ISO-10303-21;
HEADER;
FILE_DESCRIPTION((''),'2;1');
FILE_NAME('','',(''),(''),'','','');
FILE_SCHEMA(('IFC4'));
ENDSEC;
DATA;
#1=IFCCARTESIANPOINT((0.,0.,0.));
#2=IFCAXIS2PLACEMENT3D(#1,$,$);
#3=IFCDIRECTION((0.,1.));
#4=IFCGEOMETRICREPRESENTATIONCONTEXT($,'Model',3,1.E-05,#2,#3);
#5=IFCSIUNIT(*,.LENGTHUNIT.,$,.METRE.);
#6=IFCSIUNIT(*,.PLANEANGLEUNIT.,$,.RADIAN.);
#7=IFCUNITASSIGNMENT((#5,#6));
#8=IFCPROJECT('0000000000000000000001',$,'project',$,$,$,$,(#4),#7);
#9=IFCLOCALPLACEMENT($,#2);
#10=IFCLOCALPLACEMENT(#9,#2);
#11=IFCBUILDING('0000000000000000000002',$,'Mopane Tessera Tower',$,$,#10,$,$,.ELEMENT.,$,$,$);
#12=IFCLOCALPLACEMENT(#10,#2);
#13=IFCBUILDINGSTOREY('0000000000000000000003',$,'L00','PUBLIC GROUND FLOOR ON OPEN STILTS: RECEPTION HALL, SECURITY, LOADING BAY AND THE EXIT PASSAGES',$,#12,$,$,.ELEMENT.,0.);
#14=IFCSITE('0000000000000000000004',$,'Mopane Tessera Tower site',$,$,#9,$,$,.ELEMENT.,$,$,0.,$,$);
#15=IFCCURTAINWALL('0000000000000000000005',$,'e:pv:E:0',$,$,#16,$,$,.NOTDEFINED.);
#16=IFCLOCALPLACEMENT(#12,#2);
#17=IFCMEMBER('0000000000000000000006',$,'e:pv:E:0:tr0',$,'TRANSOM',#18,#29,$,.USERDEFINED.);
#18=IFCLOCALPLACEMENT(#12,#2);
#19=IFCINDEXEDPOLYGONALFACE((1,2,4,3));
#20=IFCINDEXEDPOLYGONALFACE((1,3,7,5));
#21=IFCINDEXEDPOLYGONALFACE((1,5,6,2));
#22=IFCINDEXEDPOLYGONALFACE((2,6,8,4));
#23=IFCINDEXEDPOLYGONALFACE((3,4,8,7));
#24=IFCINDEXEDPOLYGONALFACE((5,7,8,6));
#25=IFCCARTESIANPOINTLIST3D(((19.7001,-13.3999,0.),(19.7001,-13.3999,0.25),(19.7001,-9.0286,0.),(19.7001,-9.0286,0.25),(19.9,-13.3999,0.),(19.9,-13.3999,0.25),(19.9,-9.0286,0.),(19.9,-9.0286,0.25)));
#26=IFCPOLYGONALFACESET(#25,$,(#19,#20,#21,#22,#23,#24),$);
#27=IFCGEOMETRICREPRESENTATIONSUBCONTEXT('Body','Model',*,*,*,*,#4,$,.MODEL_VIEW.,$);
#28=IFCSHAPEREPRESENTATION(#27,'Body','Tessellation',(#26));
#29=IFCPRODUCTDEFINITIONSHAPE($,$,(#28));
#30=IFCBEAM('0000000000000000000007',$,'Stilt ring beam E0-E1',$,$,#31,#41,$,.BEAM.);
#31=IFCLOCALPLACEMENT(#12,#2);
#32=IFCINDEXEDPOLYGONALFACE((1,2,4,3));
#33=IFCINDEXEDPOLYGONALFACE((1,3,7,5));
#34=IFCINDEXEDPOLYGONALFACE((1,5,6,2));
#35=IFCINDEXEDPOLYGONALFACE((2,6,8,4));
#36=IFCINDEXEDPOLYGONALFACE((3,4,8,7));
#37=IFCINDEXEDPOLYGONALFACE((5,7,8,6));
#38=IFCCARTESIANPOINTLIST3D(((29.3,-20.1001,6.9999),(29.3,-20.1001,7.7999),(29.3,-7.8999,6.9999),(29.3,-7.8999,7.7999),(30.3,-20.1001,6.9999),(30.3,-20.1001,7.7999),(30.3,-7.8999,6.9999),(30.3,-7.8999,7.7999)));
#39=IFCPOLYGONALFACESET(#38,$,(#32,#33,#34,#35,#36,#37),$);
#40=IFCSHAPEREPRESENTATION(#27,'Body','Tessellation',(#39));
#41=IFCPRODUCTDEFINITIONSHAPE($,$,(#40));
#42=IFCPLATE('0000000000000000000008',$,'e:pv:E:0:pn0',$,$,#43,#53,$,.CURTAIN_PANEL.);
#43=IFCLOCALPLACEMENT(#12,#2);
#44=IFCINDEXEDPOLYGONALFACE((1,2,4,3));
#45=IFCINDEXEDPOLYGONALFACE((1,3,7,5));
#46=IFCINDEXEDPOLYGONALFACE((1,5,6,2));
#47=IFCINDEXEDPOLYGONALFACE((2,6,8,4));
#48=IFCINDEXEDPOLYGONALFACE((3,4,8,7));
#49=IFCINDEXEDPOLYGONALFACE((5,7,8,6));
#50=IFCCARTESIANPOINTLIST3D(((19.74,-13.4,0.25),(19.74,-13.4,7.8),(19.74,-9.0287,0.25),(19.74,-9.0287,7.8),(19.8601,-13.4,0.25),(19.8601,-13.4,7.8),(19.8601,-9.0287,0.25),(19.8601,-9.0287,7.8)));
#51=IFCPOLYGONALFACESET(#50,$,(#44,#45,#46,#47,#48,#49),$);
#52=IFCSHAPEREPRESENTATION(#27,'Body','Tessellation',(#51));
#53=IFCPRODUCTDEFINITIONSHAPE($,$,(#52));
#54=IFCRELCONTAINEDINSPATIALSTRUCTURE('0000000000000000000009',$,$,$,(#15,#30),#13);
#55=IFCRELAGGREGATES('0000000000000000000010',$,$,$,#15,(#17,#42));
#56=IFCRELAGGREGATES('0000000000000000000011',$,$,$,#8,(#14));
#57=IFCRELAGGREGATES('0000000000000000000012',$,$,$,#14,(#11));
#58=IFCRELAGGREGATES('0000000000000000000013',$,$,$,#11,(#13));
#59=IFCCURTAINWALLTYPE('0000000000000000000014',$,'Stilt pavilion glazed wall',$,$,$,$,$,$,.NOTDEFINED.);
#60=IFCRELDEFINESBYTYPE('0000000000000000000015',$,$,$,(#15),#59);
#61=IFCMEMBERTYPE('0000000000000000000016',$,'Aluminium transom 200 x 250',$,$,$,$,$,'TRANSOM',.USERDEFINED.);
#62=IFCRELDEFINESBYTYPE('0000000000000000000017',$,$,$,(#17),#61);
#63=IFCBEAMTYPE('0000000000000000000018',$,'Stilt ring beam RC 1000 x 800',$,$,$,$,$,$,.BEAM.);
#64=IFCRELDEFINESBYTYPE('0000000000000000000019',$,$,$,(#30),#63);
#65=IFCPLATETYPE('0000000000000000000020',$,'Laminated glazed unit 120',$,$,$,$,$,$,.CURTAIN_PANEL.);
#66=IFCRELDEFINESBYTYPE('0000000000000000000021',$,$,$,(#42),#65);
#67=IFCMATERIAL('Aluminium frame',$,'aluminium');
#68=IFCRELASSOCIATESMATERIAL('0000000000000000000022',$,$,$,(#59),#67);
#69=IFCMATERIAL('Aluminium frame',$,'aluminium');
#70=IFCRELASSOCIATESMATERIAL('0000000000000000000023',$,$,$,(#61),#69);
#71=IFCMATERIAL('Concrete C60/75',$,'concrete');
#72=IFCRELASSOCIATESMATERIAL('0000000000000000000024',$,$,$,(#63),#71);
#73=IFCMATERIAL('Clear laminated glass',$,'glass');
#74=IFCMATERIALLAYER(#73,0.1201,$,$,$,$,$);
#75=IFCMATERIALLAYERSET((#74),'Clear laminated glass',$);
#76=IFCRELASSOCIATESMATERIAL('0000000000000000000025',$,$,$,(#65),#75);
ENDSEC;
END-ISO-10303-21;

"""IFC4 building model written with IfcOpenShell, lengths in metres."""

from ifc_helpers import new_model, si_unit, direction, frame, origin, origin_2d, place, context, subcontext, project, spatial, rectangle, extrude, material, layer, layer_set, material_profile, profile_set, type_object, element, aggregate, save


model = new_model("IFC4")

# Units and contexts
model_context = context("Model", 3, precision=1e-05, world=origin(), true_north=direction((0.0, 1.0)))
body_context = subcontext(model_context, "Body", "Model", "MODEL_VIEW")
ifc_project = project(units=[si_unit("LENGTHUNIT", "METRE"), si_unit("PLANEANGLEUNIT", "RADIAN")], contexts=[model_context])

# Site, building, storey
site_placement = place(None, origin())
site = spatial("IfcSite", under=ifc_project, at=site_placement, Name="Mopane Tessera Tower site", CompositionType="ELEMENT", RefElevation=0.0)
building_placement = place(site_placement, origin())
building = spatial("IfcBuilding", under=site, at=building_placement, Name="Mopane Tessera Tower", CompositionType="ELEMENT")
storey_placement = place(building_placement, origin())
storey = spatial("IfcBuildingStorey", under=building, at=storey_placement, Name="L00", Description="PUBLIC GROUND FLOOR ON OPEN STILTS: RECEPTION HALL, SECURITY, LOADING BAY AND THE EXIT PASSAGES", CompositionType="ELEMENT", Elevation=0.0)

# Curtain wall, member
ifc_material_1 = material(Name="Aluminium frame", Category="aluminium")
curtain_wall_type = type_object("IfcCurtainWallType", Name="Stilt pavilion glazed wall", PredefinedType="NOTDEFINED", material=ifc_material_1)
curtain_wall_1_placement = place(storey_placement, origin())
curtain_wall_1 = element("IfcCurtainWall", 1, at=curtain_wall_1_placement, inside=storey, type_object=curtain_wall_type, Name="e:pv:E:0", PredefinedType="NOTDEFINED")
ifc_material_2 = material(Name="Aluminium frame", Category="aluminium")
ifc_material_profile_1 = material_profile(ifc_material_2, rectangle(XDim=0.2, YDim=0.25, at=origin_2d()))
ifc_profile_set_1 = profile_set([ifc_material_profile_1], Name="Aluminium frame")
member_type_1 = type_object("IfcMemberType", Name="Aluminium transom 200 x 250", ElementType="TRANSOM", PredefinedType="USERDEFINED", material=ifc_profile_set_1)
member_1_placement = place(storey_placement, frame((19.8, -13.3999, 0.125), z_axis=(0.0, 1.0, 0.0), x_axis=(-1.0, 0.0, 0.0)))
member_1 = element("IfcMember", 2, at=member_1_placement, type_object=member_type_1, Name="e:pv:E:0:tr0", ObjectType="TRANSOM", PredefinedType="USERDEFINED", context=body_context, shape_type="SweptSolid", body=[
    extrude(rectangle(XDim=0.2, YDim=0.25, at=origin_2d()), origin(), (0.0, 0.0, 1.0), 4.3713),
])

# Beam
ifc_material_3 = material(Name="Concrete C60/75", Category="concrete")
ifc_material_profile_2 = material_profile(ifc_material_3, rectangle(XDim=1.0, YDim=0.8, at=origin_2d()))
ifc_profile_set_2 = profile_set([ifc_material_profile_2], Name="Concrete C60/75")
beam_type = type_object("IfcBeamType", Name="Stilt ring beam RC 1000 x 800", PredefinedType="BEAM", material=ifc_profile_set_2)
beam_placement = place(storey_placement, frame((29.8, -20.1001, 7.3999), z_axis=(0.0, 1.0, 0.0), x_axis=(-1.0, 0.0, 0.0)))
element("IfcBeam", 3, at=beam_placement, inside=storey, type_object=beam_type, Name="Stilt ring beam E0-E1", PredefinedType="BEAM", context=body_context, shape_type="SweptSolid", body=[
    extrude(rectangle(XDim=1.0, YDim=0.8, at=origin_2d()), origin(), (0.0, 0.0, 1.0), 12.2002),
])

# Plate
ifc_material_4 = material(Name="Clear laminated glass", Category="glass")
ifc_layer = layer(ifc_material_4, 0.1201)
ifc_layer_set = layer_set([ifc_layer], Name="Clear laminated glass")
plate_type = type_object("IfcPlateType", Name="Laminated glazed unit 120", PredefinedType="CURTAIN_PANEL", material=ifc_layer_set)
plate_placement = place(storey_placement, frame((19.8, -11.2144, 0.25), z_axis=(0.0, 0.0, 1.0), x_axis=(0.0, 1.0, 0.0)))
plate = element("IfcPlate", 4, at=plate_placement, type_object=plate_type, Name="e:pv:E:0:pn0", PredefinedType="CURTAIN_PANEL", context=body_context, shape_type="SweptSolid", body=[
    extrude(rectangle(XDim=4.3713, YDim=0.1201, at=origin_2d()), origin(), (0.0, 0.0, 1.0), 7.55),
])
aggregate(curtain_wall_1, [member_1, plate])

save(model, "model.ifc")
